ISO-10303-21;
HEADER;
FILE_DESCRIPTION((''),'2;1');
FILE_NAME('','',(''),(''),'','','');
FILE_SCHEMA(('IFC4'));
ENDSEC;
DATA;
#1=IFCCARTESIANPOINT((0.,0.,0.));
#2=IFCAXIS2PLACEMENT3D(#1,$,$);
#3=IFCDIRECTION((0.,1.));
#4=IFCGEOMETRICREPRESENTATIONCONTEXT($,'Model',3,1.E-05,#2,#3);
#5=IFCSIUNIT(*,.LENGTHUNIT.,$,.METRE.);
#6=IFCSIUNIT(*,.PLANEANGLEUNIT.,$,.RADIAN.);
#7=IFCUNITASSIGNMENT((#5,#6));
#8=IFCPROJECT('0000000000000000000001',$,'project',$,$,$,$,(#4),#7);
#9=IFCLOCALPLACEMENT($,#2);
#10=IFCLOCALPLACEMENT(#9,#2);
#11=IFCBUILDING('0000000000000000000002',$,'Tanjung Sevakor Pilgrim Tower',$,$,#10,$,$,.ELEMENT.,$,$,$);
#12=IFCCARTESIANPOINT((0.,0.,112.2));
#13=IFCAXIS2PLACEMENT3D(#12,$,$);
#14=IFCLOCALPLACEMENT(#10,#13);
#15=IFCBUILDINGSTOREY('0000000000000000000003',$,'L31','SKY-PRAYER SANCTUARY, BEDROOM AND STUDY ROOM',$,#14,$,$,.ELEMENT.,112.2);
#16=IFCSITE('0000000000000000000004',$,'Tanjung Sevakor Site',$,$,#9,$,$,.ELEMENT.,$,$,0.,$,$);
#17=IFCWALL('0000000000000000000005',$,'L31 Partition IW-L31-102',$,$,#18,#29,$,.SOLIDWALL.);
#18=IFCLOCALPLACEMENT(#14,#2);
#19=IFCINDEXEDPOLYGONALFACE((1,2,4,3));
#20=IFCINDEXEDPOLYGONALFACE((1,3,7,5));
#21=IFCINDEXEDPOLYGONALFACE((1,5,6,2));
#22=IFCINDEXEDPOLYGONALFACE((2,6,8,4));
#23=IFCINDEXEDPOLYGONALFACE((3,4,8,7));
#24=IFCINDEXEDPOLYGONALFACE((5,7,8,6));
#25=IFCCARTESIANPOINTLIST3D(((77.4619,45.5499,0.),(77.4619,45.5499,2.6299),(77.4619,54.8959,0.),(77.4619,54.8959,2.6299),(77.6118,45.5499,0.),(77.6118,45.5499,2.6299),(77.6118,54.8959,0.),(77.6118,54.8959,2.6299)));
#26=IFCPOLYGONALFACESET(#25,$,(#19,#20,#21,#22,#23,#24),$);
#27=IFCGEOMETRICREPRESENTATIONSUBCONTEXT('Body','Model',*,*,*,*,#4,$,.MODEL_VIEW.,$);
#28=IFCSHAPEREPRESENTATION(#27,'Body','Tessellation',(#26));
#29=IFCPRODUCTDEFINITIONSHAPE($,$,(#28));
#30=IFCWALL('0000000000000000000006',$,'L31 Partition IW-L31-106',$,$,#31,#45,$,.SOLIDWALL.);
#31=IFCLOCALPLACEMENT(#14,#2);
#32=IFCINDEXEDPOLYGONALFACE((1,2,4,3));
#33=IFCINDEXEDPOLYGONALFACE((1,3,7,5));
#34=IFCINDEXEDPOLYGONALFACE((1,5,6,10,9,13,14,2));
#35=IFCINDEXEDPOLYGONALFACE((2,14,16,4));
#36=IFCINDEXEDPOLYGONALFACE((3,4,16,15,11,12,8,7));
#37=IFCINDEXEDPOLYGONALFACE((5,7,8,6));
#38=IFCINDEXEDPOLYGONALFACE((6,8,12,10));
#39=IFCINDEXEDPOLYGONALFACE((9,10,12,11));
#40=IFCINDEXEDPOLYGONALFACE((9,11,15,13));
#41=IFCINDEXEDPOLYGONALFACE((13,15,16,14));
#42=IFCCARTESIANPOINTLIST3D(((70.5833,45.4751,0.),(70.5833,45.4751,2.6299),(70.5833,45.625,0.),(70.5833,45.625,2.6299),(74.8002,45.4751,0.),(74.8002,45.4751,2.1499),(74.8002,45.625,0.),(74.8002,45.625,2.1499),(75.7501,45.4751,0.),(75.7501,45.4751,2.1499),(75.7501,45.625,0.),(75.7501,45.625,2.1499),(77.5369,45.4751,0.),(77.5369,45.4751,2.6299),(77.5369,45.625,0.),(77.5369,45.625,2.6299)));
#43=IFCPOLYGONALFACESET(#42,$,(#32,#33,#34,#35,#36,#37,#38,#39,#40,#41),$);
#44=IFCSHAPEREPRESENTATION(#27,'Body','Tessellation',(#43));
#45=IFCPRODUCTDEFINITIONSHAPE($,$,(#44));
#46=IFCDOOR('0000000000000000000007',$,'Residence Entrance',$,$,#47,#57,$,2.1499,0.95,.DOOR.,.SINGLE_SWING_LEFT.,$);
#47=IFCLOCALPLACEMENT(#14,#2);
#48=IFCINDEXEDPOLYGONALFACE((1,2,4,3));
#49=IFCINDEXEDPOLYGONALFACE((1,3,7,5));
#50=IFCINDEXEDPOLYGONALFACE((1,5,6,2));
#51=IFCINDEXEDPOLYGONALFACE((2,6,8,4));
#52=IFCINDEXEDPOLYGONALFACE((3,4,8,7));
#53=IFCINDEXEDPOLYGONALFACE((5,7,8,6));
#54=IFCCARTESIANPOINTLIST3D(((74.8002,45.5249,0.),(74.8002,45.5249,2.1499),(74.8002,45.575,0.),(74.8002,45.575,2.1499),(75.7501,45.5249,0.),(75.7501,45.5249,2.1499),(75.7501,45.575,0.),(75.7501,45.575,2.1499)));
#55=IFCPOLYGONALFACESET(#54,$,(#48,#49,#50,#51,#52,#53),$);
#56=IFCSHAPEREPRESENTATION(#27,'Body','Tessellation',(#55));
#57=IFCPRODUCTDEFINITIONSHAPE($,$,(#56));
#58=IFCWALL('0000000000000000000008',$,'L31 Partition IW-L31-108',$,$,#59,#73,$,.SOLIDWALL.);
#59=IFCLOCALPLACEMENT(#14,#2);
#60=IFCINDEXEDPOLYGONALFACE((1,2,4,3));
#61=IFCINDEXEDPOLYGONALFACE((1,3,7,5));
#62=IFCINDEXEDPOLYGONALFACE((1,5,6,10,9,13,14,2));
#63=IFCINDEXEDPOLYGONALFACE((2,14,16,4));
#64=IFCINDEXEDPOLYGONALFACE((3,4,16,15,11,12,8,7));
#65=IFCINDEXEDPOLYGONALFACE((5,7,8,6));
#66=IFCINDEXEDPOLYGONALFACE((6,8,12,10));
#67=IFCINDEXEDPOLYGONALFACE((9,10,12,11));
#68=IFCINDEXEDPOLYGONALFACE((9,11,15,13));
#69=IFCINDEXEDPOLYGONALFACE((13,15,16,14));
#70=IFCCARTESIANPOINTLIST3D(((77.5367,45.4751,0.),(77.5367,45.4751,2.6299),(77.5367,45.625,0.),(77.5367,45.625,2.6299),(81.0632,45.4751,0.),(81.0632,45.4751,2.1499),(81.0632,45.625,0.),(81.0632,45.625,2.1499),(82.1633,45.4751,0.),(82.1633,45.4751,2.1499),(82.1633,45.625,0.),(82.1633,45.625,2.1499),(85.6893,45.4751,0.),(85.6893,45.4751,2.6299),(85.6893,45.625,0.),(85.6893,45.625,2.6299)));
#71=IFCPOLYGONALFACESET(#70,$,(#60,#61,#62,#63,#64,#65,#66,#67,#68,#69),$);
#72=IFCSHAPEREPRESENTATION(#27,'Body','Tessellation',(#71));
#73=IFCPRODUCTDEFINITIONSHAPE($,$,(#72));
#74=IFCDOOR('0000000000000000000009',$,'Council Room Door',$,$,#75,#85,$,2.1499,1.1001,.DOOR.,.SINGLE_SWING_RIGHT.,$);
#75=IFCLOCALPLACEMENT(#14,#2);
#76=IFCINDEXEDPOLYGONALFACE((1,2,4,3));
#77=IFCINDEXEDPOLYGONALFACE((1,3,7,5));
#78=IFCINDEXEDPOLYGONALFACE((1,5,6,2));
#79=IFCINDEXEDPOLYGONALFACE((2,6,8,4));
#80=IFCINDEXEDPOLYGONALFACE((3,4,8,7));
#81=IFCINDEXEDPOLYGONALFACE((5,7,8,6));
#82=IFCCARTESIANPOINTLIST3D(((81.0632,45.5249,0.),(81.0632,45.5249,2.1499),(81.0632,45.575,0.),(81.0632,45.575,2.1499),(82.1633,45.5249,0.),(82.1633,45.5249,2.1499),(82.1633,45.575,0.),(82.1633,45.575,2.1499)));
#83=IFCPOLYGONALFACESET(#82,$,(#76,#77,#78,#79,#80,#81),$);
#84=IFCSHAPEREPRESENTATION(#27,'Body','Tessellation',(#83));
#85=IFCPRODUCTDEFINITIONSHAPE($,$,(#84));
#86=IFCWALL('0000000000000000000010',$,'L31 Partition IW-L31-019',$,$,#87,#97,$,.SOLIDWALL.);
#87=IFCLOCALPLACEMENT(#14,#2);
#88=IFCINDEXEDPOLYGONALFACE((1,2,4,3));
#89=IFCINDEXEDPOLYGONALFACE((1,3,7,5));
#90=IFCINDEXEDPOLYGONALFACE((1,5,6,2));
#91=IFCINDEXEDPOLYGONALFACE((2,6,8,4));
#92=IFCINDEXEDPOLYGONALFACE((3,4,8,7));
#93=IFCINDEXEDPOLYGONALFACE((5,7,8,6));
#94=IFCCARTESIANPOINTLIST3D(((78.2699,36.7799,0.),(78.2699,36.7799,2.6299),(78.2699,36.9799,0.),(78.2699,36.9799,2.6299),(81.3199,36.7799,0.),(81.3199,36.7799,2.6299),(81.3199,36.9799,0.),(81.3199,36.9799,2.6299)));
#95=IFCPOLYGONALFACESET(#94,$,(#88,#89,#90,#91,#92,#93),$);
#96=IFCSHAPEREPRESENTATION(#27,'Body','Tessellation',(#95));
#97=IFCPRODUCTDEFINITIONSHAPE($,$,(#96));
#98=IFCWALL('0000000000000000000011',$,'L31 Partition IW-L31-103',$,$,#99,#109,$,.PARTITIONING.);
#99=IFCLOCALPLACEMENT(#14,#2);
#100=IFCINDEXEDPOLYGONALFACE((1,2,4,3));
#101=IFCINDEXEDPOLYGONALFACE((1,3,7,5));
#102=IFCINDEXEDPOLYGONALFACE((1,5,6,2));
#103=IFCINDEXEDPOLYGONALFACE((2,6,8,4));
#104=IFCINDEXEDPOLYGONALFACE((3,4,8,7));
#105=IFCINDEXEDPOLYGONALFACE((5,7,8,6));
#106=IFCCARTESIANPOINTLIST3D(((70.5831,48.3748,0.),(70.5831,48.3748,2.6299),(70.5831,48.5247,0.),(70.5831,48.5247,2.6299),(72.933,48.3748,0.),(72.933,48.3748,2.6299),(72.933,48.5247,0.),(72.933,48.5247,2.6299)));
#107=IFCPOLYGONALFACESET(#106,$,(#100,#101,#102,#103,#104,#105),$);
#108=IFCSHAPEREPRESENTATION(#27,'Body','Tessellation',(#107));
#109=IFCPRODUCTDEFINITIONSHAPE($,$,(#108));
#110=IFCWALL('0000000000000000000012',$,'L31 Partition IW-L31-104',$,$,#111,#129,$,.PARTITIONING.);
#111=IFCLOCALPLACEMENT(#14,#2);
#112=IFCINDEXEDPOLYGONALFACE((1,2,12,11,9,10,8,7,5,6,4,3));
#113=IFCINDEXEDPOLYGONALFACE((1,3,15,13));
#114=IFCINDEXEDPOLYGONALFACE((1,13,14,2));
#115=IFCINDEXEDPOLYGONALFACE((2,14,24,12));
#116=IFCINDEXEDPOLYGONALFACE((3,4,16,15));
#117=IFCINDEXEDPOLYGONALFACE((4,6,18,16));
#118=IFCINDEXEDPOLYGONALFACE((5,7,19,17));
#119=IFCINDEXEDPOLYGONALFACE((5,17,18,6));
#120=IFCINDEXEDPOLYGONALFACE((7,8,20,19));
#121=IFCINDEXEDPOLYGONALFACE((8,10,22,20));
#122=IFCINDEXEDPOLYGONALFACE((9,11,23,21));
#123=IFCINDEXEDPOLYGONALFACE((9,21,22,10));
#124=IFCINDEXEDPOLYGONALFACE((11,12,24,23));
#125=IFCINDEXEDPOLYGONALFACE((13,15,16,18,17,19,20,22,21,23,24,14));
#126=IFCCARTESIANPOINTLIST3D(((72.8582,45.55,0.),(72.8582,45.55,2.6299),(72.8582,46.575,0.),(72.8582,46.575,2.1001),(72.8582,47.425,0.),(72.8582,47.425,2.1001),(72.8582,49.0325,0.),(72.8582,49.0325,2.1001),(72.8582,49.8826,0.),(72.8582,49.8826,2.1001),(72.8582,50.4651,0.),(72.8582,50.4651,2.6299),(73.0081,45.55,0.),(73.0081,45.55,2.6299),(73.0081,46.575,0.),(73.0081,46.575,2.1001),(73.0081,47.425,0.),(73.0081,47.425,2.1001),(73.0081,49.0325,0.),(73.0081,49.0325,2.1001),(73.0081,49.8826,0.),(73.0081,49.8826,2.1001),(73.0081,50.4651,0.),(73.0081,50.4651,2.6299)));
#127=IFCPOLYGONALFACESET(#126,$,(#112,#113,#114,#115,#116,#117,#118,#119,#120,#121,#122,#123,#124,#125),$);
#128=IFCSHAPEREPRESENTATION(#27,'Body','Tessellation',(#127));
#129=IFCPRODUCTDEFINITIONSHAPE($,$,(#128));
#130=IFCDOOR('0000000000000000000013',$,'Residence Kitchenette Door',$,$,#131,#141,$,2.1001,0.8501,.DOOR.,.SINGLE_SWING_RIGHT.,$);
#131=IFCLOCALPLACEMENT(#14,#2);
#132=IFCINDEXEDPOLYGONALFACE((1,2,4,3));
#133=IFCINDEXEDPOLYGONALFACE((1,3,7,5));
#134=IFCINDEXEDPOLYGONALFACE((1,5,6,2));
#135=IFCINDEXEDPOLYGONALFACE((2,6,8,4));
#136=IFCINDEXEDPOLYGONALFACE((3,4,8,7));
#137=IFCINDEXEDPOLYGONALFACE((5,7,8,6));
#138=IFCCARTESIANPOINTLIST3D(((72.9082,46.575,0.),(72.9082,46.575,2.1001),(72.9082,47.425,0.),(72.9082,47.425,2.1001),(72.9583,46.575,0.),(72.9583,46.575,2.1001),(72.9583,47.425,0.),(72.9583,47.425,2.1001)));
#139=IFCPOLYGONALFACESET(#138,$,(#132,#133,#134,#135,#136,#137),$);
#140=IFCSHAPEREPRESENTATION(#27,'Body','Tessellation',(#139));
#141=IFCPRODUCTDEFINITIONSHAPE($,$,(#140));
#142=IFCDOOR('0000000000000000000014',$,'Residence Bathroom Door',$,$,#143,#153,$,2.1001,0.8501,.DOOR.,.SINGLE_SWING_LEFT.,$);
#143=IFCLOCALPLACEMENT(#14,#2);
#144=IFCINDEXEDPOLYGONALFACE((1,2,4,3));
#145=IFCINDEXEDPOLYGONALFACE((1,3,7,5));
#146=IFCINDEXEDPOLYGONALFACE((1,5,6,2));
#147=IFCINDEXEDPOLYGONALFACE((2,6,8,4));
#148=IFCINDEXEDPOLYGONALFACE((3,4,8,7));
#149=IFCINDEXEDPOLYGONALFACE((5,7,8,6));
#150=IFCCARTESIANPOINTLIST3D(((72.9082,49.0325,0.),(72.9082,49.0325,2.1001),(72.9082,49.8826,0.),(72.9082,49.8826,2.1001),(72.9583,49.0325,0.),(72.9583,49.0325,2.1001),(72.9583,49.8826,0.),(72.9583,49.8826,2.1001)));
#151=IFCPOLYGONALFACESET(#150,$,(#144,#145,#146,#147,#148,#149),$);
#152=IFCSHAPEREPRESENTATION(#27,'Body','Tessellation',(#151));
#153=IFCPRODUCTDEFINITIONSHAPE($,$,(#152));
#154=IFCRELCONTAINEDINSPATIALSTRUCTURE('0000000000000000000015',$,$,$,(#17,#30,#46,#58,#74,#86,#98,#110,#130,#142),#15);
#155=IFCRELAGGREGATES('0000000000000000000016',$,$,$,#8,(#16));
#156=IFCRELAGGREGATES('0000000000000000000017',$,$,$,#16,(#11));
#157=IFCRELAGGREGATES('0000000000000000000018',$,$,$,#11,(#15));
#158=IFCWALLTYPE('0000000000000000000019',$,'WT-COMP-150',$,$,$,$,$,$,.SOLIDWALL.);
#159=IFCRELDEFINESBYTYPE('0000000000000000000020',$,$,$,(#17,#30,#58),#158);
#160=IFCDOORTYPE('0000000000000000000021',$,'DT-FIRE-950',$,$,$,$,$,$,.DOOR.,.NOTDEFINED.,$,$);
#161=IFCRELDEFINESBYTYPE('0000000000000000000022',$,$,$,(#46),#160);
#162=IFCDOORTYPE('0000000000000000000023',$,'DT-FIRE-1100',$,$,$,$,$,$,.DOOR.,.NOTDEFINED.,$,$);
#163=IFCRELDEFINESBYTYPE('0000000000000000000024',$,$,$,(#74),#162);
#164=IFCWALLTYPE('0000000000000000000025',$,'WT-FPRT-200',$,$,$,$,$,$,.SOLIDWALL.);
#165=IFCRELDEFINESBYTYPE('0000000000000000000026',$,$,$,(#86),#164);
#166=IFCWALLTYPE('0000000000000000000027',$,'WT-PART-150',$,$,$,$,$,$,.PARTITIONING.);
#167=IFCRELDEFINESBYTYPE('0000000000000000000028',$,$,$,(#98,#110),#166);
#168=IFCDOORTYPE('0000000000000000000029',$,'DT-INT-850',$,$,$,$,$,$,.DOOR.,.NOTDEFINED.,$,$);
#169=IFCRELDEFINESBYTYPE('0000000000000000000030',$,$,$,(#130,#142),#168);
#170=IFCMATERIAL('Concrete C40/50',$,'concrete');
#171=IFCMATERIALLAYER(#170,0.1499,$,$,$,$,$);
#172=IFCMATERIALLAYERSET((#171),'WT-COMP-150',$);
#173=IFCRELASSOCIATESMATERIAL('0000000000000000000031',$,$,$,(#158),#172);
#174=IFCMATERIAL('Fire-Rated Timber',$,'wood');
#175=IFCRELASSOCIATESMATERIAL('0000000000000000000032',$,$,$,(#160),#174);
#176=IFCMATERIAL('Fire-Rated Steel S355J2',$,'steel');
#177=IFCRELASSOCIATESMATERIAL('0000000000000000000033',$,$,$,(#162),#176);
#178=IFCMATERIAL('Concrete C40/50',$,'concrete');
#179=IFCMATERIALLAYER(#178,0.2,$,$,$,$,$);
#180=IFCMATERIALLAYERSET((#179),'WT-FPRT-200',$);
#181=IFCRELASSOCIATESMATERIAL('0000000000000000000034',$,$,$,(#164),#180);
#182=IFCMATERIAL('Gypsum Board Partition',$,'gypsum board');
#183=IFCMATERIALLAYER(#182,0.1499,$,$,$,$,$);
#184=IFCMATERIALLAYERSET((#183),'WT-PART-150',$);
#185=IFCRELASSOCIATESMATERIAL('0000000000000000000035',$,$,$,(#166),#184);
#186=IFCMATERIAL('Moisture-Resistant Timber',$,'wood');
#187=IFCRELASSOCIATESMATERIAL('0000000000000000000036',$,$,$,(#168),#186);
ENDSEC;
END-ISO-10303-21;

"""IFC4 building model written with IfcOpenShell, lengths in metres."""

from ifc_helpers import new_model, si_unit, direction, frame, frame_2d, origin, place, context, subcontext, project, spatial, rectangle, extrude, material, layer, layer_set, type_object, element, fill, save


model = new_model("IFC4")

# Units and contexts
model_context = context("Model", 3, precision=1e-05, world=origin(), true_north=direction((0.0, 1.0)))
body_context = subcontext(model_context, "Body", "Model", "MODEL_VIEW")
ifc_project = project(units=[si_unit("LENGTHUNIT", "METRE"), si_unit("PLANEANGLEUNIT", "RADIAN")], contexts=[model_context])

# Site, building, storey
site_placement = place(None, origin())
site = spatial("IfcSite", under=ifc_project, at=site_placement, Name="Tanjung Sevakor Site", CompositionType="ELEMENT", RefElevation=0.0)
building_placement = place(site_placement, origin())
building = spatial("IfcBuilding", under=site, at=building_placement, Name="Tanjung Sevakor Pilgrim Tower", CompositionType="ELEMENT")
storey_placement = place(building_placement, frame((0.0, 0.0, 112.2)))
storey = spatial("IfcBuildingStorey", under=building, at=storey_placement, Name="L31", Description="SKY-PRAYER SANCTUARY, BEDROOM AND STUDY ROOM", CompositionType="ELEMENT", Elevation=112.2)

# Shared definitions
ifc_material_1 = material(Name="Concrete C40/50", Category="concrete")
ifc_layer_1 = layer(ifc_material_1, 0.1499)
ifc_layer_set_1 = layer_set([ifc_layer_1], Name="WT-COMP-150")
wall_type_1 = type_object("IfcWallType", Name="WT-COMP-150", PredefinedType="SOLIDWALL", material=ifc_layer_set_1)

# Wall
wall_1_placement = place(storey_placement, frame((77.5369, 45.55, 0.0), z_axis=(0.0, 0.0, 1.0), x_axis=(0.0, 1.0, 0.0)))
element("IfcWall", 1, at=wall_1_placement, inside=storey, type_object=wall_type_1, Name="L31 Partition IW-L31-102", PredefinedType="SOLIDWALL", context=body_context, shape_type="SweptSolid", body=[
    extrude(rectangle(XDim=9.3459, YDim=0.1499, at=frame_2d((4.6729, 0.0))), origin(), (0.0, 0.0, 1.0), 2.6299),
])

# Walls, openings, doors
wall_2_placement = place(storey_placement, frame((70.5833, 45.55, 0.0), z_axis=(0.0, 0.0, 1.0), x_axis=(1.0, 0.0, 0.0)))
wall_2 = element("IfcWall", 2, at=wall_2_placement, inside=storey, type_object=wall_type_1, Name="L31 Partition IW-L31-106", PredefinedType="SOLIDWALL", context=body_context, shape_type="SweptSolid", body=[
    extrude(rectangle(XDim=6.9536, YDim=0.1499, at=frame_2d((3.4768, 0.0))), origin(), (0.0, 0.0, 1.0), 2.6299),
])
opening_1_placement = place(wall_2_placement, frame((4.2168, 0.0, 0.0)))
opening_1 = element("IfcOpeningElement", 3, at=opening_1_placement, cuts=wall_2, PredefinedType="OPENING", context=body_context, shape_type="SweptSolid", body=[
    extrude(rectangle(XDim=0.95, YDim=2.1499, at=frame_2d((0.4751, 1.075))), frame((0.0, 0.085, 0.0), z_axis=(0.0, -1.0, 0.0), x_axis=(1.0, 0.0, 0.0)), (0.0, 0.0, 1.0), 0.1699),
])
ifc_material_2 = material(Name="Fire-Rated Timber", Category="wood")
door_type_1 = type_object("IfcDoorType", Name="DT-FIRE-950", OperationType="NOTDEFINED", PredefinedType="DOOR", material=ifc_material_2)
door_1_placement = place(opening_1_placement, origin())
door_1 = element("IfcDoor", 4, at=door_1_placement, inside=storey, type_object=door_type_1, Name="Residence Entrance", OperationType="SINGLE_SWING_LEFT", OverallHeight=2.1499, OverallWidth=0.95, PredefinedType="DOOR", context=body_context, shape_type="SweptSolid", body=[
    extrude(rectangle(XDim=0.95, YDim=2.1499, at=frame_2d((0.4751, 1.075))), frame((0.0, 0.0249, 0.0), z_axis=(0.0, -1.0, 0.0), x_axis=(1.0, 0.0, 0.0)), (0.0, 0.0, 1.0), 0.05),
])
fill(opening_1, door_1)
wall_3_placement = place(storey_placement, frame((77.5369, 45.55, 0.0), z_axis=(0.0, 0.0, 1.0), x_axis=(1.0, 0.0, 0.0)))
wall_3 = element("IfcWall", 5, at=wall_3_placement, inside=storey, type_object=wall_type_1, Name="L31 Partition IW-L31-108", PredefinedType="SOLIDWALL", context=body_context, shape_type="SweptSolid", body=[
    extrude(rectangle(XDim=8.1526, YDim=0.1499, at=frame_2d((4.0762, 0.0))), origin(), (0.0, 0.0, 1.0), 2.6299),
])
opening_2_placement = place(wall_3_placement, frame((3.5264, 0.0, 0.0)))
opening_2 = element("IfcOpeningElement", 6, at=opening_2_placement, cuts=wall_3, PredefinedType="OPENING", context=body_context, shape_type="SweptSolid", body=[
    extrude(rectangle(XDim=1.1001, YDim=2.1499, at=frame_2d((0.55, 1.075))), frame((0.0, 0.085, 0.0), z_axis=(0.0, -1.0, 0.0), x_axis=(1.0, 0.0, 0.0)), (0.0, 0.0, 1.0), 0.1699),
])
ifc_material_3 = material(Name="Fire-Rated Steel S355J2", Category="steel")
door_type_2 = type_object("IfcDoorType", Name="DT-FIRE-1100", OperationType="NOTDEFINED", PredefinedType="DOOR", material=ifc_material_3)
door_2_placement = place(opening_2_placement, origin())
door_2 = element("IfcDoor", 7, at=door_2_placement, inside=storey, type_object=door_type_2, Name="Council Room Door", OperationType="SINGLE_SWING_RIGHT", OverallHeight=2.1499, OverallWidth=1.1001, PredefinedType="DOOR", context=body_context, shape_type="SweptSolid", body=[
    extrude(rectangle(XDim=1.1001, YDim=2.1499, at=frame_2d((0.55, 1.075))), frame((0.0, 0.0249, 0.0), z_axis=(0.0, -1.0, 0.0), x_axis=(1.0, 0.0, 0.0)), (0.0, 0.0, 1.0), 0.05),
])
fill(opening_2, door_2)

# Walls
ifc_material_4 = material(Name="Concrete C40/50", Category="concrete")
ifc_layer_2 = layer(ifc_material_4, 0.2)
ifc_layer_set_2 = layer_set([ifc_layer_2], Name="WT-FPRT-200")
wall_type_2 = type_object("IfcWallType", Name="WT-FPRT-200", PredefinedType="SOLIDWALL", material=ifc_layer_set_2)
wall_4_placement = place(storey_placement, frame((78.27, 36.8799, 0.0), z_axis=(0.0, 0.0, 1.0), x_axis=(1.0, 0.0, 0.0)))
element("IfcWall", 8, at=wall_4_placement, inside=storey, type_object=wall_type_2, Name="L31 Partition IW-L31-019", PredefinedType="SOLIDWALL", context=body_context, shape_type="SweptSolid", body=[
    extrude(rectangle(XDim=3.05, YDim=0.2, at=frame_2d((1.5249, 0.0))), origin(), (0.0, 0.0, 1.0), 2.6299),
])
ifc_material_5 = material(Name="Gypsum Board Partition", Category="gypsum board")
ifc_layer_3 = layer(ifc_material_5, 0.1499)
ifc_layer_set_3 = layer_set([ifc_layer_3], Name="WT-PART-150")
wall_type_3 = type_object("IfcWallType", Name="WT-PART-150", PredefinedType="PARTITIONING", material=ifc_layer_set_3)
wall_5_placement = place(storey_placement, frame((70.5833, 48.4497, 0.0), z_axis=(0.0, 0.0, 1.0), x_axis=(1.0, 0.0, 0.0)))
element("IfcWall", 9, at=wall_5_placement, inside=storey, type_object=wall_type_3, Name="L31 Partition IW-L31-103", PredefinedType="PARTITIONING", context=body_context, shape_type="SweptSolid", body=[
    extrude(rectangle(XDim=2.3499, YDim=0.1499, at=frame_2d((1.1748, 0.0))), origin(), (0.0, 0.0, 1.0), 2.6299),
])

# Wall, openings, doors
wall_6_placement = place(storey_placement, frame((72.9331, 45.55, 0.0), z_axis=(0.0, 0.0, 1.0), x_axis=(0.0, 1.0, 0.0)))
wall_6 = element("IfcWall", 10, at=wall_6_placement, inside=storey, type_object=wall_type_3, Name="L31 Partition IW-L31-104", PredefinedType="PARTITIONING", context=body_context, shape_type="SweptSolid", body=[
    extrude(rectangle(XDim=4.915, YDim=0.1499, at=frame_2d((2.4575, 0.0))), origin(), (0.0, 0.0, 1.0), 2.6299),
])
opening_3_placement = place(wall_6_placement, frame((1.0249, 0.0, 0.0)))
opening_3 = element("IfcOpeningElement", 11, at=opening_3_placement, cuts=wall_6, PredefinedType="OPENING", context=body_context, shape_type="SweptSolid", body=[
    extrude(rectangle(XDim=0.8501, YDim=2.1001, at=frame_2d((0.425, 1.05))), frame((0.0, 0.085, 0.0), z_axis=(0.0, -1.0, 0.0), x_axis=(1.0, 0.0, 0.0)), (0.0, 0.0, 1.0), 0.1699),
])
opening_4_placement = place(wall_6_placement, frame((3.4824, 0.0, 0.0)))
opening_4 = element("IfcOpeningElement", 12, at=opening_4_placement, cuts=wall_6, PredefinedType="OPENING", context=body_context, shape_type="SweptSolid", body=[
    extrude(rectangle(XDim=0.8501, YDim=2.1001, at=frame_2d((0.425, 1.05))), frame((0.0, 0.085, 0.0), z_axis=(0.0, -1.0, 0.0), x_axis=(1.0, 0.0, 0.0)), (0.0, 0.0, 1.0), 0.1699),
])
ifc_material_6 = material(Name="Moisture-Resistant Timber", Category="wood")
door_type_3 = type_object("IfcDoorType", Name="DT-INT-850", OperationType="NOTDEFINED", PredefinedType="DOOR", material=ifc_material_6)
door_3_placement = place(opening_3_placement, origin())
door_3 = element("IfcDoor", 13, at=door_3_placement, inside=storey, type_object=door_type_3, Name="Residence Kitchenette Door", OperationType="SINGLE_SWING_RIGHT", OverallHeight=2.1001, OverallWidth=0.8501, PredefinedType="DOOR", context=body_context, shape_type="SweptSolid", body=[
    extrude(rectangle(XDim=0.8501, YDim=2.1001, at=frame_2d((0.425, 1.05))), frame((0.0, 0.0249, 0.0), z_axis=(0.0, -1.0, 0.0), x_axis=(1.0, 0.0, 0.0)), (0.0, 0.0, 1.0), 0.05),
])
fill(opening_3, door_3)
door_4_placement = place(opening_4_placement, origin())
door_4 = element("IfcDoor", 14, at=door_4_placement, inside=storey, type_object=door_type_3, Name="Residence Bathroom Door", OperationType="SINGLE_SWING_LEFT", OverallHeight=2.1001, OverallWidth=0.8501, PredefinedType="DOOR", context=body_context, shape_type="SweptSolid", body=[
    extrude(rectangle(XDim=0.8501, YDim=2.1001, at=frame_2d((0.425, 1.05))), frame((0.0, 0.0249, 0.0), z_axis=(0.0, -1.0, 0.0), x_axis=(1.0, 0.0, 0.0)), (0.0, 0.0, 1.0), 0.05),
])
fill(opening_4, door_4)

save(model, "model.ifc")
